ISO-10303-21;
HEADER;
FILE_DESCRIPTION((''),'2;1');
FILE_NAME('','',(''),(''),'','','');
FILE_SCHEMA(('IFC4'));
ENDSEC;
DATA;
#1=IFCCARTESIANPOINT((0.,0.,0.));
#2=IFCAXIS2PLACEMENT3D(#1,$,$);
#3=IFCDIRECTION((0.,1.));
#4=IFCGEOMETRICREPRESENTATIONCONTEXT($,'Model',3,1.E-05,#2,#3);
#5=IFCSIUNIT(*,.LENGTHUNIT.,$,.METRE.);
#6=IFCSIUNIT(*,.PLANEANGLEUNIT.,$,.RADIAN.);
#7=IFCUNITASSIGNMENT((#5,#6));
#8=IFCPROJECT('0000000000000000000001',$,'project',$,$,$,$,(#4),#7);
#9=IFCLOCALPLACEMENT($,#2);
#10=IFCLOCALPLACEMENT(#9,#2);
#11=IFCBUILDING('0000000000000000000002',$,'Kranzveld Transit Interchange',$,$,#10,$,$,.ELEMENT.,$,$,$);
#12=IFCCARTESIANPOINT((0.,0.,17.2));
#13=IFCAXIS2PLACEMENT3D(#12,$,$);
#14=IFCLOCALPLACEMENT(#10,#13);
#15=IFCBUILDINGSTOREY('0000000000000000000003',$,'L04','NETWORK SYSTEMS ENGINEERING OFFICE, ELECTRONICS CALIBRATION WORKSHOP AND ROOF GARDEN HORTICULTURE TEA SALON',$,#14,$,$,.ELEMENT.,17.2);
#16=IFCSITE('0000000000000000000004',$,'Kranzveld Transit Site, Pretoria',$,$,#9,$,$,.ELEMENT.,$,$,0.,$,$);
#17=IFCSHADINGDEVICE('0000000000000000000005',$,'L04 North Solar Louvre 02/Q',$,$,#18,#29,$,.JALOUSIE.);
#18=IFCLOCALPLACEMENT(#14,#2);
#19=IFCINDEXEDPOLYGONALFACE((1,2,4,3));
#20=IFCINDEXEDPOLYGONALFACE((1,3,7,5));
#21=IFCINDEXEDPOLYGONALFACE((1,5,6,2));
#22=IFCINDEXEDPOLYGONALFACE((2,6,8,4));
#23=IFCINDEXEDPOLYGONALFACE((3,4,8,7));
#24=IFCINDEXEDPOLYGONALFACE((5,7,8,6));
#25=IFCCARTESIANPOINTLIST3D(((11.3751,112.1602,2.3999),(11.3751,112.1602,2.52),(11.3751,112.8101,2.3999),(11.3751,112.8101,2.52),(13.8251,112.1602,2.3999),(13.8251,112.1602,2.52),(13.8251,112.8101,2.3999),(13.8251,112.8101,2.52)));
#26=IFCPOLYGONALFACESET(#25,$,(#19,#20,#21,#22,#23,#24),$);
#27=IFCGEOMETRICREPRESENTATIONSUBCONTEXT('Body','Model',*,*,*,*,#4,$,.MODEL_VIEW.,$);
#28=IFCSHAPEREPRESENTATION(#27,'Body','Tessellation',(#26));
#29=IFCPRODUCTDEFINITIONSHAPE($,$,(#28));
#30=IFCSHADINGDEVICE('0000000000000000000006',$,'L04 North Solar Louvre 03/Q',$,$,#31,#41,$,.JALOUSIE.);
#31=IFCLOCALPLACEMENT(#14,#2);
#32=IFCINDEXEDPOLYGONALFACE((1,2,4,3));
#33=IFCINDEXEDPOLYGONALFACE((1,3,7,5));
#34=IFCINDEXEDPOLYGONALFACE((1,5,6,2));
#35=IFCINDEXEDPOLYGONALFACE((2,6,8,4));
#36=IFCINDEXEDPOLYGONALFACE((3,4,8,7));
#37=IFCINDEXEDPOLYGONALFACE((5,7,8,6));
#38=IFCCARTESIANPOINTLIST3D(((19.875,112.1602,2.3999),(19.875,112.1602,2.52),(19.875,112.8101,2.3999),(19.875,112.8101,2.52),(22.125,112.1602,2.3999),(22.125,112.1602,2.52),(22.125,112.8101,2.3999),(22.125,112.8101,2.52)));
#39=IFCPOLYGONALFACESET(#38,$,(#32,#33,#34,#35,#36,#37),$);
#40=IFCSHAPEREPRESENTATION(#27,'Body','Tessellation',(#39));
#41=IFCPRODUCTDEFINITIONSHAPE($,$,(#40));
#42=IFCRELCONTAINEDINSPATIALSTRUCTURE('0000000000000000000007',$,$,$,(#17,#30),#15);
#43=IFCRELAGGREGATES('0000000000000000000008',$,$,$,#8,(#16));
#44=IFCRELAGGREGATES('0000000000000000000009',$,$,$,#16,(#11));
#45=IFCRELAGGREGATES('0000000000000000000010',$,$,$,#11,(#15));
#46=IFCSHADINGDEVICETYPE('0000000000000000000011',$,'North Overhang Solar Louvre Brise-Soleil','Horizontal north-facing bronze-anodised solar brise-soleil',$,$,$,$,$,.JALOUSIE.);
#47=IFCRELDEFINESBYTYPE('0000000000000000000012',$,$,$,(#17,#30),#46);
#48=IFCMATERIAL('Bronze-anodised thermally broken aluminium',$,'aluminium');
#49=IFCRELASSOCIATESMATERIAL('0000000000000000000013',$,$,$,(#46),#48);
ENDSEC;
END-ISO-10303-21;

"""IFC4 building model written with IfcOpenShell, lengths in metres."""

from ifc_helpers import new_model, si_unit, direction, frame, origin, origin_2d, place, context, subcontext, project, spatial, rectangle, extrude, material, type_object, element, save


model = new_model("IFC4")

# Units and contexts
model_context = context("Model", 3, precision=1e-05, world=origin(), true_north=direction((0.0, 1.0)))
body_context = subcontext(model_context, "Body", "Model", "MODEL_VIEW")
ifc_project = project(units=[si_unit("LENGTHUNIT", "METRE"), si_unit("PLANEANGLEUNIT", "RADIAN")], contexts=[model_context])

# Site, building, storey
site_placement = place(None, origin())
site = spatial("IfcSite", under=ifc_project, at=site_placement, Name="Kranzveld Transit Site, Pretoria", CompositionType="ELEMENT", RefElevation=0.0)
building_placement = place(site_placement, origin())
building = spatial("IfcBuilding", under=site, at=building_placement, Name="Kranzveld Transit Interchange", CompositionType="ELEMENT")
storey_placement = place(building_placement, frame((0.0, 0.0, 17.2)))
storey = spatial("IfcBuildingStorey", under=building, at=storey_placement, Name="L04", Description="NETWORK SYSTEMS ENGINEERING OFFICE, ELECTRONICS CALIBRATION WORKSHOP AND ROOF GARDEN HORTICULTURE TEA SALON", CompositionType="ELEMENT", Elevation=17.2)

# Shading devices
ifc_material_1 = material(Name="Bronze-anodised thermally broken aluminium", Category="aluminium")
shading_device_type = type_object("IfcShadingDeviceType", Name="North Overhang Solar Louvre Brise-Soleil", Description="Horizontal north-facing bronze-anodised solar brise-soleil", PredefinedType="JALOUSIE", material=ifc_material_1)
shading_device_1_placement = place(storey_placement, frame((12.6001, 112.4851, 2.3999), z_axis=(0.0, 0.0, 1.0), x_axis=(1.0, 0.0, 0.0)))
element("IfcShadingDevice", 1, at=shading_device_1_placement, inside=storey, type_object=shading_device_type, Name="L04 North Solar Louvre 02/Q", PredefinedType="JALOUSIE", context=body_context, shape_type="SweptSolid", body=[
    extrude(rectangle(XDim=2.45, YDim=0.6499, at=origin_2d()), origin(), (0.0, 0.0, 1.0), 0.1201),
])
shading_device_2_placement = place(storey_placement, frame((21.0, 112.4851, 2.3999), z_axis=(0.0, 0.0, 1.0), x_axis=(1.0, 0.0, 0.0)))
element("IfcShadingDevice", 2, at=shading_device_2_placement, inside=storey, type_object=shading_device_type, Name="L04 North Solar Louvre 03/Q", PredefinedType="JALOUSIE", context=body_context, shape_type="SweptSolid", body=[
    extrude(rectangle(XDim=2.25, YDim=0.6499, at=origin_2d()), origin(), (0.0, 0.0, 1.0), 0.1201),
])

save(model, "model.ifc")
